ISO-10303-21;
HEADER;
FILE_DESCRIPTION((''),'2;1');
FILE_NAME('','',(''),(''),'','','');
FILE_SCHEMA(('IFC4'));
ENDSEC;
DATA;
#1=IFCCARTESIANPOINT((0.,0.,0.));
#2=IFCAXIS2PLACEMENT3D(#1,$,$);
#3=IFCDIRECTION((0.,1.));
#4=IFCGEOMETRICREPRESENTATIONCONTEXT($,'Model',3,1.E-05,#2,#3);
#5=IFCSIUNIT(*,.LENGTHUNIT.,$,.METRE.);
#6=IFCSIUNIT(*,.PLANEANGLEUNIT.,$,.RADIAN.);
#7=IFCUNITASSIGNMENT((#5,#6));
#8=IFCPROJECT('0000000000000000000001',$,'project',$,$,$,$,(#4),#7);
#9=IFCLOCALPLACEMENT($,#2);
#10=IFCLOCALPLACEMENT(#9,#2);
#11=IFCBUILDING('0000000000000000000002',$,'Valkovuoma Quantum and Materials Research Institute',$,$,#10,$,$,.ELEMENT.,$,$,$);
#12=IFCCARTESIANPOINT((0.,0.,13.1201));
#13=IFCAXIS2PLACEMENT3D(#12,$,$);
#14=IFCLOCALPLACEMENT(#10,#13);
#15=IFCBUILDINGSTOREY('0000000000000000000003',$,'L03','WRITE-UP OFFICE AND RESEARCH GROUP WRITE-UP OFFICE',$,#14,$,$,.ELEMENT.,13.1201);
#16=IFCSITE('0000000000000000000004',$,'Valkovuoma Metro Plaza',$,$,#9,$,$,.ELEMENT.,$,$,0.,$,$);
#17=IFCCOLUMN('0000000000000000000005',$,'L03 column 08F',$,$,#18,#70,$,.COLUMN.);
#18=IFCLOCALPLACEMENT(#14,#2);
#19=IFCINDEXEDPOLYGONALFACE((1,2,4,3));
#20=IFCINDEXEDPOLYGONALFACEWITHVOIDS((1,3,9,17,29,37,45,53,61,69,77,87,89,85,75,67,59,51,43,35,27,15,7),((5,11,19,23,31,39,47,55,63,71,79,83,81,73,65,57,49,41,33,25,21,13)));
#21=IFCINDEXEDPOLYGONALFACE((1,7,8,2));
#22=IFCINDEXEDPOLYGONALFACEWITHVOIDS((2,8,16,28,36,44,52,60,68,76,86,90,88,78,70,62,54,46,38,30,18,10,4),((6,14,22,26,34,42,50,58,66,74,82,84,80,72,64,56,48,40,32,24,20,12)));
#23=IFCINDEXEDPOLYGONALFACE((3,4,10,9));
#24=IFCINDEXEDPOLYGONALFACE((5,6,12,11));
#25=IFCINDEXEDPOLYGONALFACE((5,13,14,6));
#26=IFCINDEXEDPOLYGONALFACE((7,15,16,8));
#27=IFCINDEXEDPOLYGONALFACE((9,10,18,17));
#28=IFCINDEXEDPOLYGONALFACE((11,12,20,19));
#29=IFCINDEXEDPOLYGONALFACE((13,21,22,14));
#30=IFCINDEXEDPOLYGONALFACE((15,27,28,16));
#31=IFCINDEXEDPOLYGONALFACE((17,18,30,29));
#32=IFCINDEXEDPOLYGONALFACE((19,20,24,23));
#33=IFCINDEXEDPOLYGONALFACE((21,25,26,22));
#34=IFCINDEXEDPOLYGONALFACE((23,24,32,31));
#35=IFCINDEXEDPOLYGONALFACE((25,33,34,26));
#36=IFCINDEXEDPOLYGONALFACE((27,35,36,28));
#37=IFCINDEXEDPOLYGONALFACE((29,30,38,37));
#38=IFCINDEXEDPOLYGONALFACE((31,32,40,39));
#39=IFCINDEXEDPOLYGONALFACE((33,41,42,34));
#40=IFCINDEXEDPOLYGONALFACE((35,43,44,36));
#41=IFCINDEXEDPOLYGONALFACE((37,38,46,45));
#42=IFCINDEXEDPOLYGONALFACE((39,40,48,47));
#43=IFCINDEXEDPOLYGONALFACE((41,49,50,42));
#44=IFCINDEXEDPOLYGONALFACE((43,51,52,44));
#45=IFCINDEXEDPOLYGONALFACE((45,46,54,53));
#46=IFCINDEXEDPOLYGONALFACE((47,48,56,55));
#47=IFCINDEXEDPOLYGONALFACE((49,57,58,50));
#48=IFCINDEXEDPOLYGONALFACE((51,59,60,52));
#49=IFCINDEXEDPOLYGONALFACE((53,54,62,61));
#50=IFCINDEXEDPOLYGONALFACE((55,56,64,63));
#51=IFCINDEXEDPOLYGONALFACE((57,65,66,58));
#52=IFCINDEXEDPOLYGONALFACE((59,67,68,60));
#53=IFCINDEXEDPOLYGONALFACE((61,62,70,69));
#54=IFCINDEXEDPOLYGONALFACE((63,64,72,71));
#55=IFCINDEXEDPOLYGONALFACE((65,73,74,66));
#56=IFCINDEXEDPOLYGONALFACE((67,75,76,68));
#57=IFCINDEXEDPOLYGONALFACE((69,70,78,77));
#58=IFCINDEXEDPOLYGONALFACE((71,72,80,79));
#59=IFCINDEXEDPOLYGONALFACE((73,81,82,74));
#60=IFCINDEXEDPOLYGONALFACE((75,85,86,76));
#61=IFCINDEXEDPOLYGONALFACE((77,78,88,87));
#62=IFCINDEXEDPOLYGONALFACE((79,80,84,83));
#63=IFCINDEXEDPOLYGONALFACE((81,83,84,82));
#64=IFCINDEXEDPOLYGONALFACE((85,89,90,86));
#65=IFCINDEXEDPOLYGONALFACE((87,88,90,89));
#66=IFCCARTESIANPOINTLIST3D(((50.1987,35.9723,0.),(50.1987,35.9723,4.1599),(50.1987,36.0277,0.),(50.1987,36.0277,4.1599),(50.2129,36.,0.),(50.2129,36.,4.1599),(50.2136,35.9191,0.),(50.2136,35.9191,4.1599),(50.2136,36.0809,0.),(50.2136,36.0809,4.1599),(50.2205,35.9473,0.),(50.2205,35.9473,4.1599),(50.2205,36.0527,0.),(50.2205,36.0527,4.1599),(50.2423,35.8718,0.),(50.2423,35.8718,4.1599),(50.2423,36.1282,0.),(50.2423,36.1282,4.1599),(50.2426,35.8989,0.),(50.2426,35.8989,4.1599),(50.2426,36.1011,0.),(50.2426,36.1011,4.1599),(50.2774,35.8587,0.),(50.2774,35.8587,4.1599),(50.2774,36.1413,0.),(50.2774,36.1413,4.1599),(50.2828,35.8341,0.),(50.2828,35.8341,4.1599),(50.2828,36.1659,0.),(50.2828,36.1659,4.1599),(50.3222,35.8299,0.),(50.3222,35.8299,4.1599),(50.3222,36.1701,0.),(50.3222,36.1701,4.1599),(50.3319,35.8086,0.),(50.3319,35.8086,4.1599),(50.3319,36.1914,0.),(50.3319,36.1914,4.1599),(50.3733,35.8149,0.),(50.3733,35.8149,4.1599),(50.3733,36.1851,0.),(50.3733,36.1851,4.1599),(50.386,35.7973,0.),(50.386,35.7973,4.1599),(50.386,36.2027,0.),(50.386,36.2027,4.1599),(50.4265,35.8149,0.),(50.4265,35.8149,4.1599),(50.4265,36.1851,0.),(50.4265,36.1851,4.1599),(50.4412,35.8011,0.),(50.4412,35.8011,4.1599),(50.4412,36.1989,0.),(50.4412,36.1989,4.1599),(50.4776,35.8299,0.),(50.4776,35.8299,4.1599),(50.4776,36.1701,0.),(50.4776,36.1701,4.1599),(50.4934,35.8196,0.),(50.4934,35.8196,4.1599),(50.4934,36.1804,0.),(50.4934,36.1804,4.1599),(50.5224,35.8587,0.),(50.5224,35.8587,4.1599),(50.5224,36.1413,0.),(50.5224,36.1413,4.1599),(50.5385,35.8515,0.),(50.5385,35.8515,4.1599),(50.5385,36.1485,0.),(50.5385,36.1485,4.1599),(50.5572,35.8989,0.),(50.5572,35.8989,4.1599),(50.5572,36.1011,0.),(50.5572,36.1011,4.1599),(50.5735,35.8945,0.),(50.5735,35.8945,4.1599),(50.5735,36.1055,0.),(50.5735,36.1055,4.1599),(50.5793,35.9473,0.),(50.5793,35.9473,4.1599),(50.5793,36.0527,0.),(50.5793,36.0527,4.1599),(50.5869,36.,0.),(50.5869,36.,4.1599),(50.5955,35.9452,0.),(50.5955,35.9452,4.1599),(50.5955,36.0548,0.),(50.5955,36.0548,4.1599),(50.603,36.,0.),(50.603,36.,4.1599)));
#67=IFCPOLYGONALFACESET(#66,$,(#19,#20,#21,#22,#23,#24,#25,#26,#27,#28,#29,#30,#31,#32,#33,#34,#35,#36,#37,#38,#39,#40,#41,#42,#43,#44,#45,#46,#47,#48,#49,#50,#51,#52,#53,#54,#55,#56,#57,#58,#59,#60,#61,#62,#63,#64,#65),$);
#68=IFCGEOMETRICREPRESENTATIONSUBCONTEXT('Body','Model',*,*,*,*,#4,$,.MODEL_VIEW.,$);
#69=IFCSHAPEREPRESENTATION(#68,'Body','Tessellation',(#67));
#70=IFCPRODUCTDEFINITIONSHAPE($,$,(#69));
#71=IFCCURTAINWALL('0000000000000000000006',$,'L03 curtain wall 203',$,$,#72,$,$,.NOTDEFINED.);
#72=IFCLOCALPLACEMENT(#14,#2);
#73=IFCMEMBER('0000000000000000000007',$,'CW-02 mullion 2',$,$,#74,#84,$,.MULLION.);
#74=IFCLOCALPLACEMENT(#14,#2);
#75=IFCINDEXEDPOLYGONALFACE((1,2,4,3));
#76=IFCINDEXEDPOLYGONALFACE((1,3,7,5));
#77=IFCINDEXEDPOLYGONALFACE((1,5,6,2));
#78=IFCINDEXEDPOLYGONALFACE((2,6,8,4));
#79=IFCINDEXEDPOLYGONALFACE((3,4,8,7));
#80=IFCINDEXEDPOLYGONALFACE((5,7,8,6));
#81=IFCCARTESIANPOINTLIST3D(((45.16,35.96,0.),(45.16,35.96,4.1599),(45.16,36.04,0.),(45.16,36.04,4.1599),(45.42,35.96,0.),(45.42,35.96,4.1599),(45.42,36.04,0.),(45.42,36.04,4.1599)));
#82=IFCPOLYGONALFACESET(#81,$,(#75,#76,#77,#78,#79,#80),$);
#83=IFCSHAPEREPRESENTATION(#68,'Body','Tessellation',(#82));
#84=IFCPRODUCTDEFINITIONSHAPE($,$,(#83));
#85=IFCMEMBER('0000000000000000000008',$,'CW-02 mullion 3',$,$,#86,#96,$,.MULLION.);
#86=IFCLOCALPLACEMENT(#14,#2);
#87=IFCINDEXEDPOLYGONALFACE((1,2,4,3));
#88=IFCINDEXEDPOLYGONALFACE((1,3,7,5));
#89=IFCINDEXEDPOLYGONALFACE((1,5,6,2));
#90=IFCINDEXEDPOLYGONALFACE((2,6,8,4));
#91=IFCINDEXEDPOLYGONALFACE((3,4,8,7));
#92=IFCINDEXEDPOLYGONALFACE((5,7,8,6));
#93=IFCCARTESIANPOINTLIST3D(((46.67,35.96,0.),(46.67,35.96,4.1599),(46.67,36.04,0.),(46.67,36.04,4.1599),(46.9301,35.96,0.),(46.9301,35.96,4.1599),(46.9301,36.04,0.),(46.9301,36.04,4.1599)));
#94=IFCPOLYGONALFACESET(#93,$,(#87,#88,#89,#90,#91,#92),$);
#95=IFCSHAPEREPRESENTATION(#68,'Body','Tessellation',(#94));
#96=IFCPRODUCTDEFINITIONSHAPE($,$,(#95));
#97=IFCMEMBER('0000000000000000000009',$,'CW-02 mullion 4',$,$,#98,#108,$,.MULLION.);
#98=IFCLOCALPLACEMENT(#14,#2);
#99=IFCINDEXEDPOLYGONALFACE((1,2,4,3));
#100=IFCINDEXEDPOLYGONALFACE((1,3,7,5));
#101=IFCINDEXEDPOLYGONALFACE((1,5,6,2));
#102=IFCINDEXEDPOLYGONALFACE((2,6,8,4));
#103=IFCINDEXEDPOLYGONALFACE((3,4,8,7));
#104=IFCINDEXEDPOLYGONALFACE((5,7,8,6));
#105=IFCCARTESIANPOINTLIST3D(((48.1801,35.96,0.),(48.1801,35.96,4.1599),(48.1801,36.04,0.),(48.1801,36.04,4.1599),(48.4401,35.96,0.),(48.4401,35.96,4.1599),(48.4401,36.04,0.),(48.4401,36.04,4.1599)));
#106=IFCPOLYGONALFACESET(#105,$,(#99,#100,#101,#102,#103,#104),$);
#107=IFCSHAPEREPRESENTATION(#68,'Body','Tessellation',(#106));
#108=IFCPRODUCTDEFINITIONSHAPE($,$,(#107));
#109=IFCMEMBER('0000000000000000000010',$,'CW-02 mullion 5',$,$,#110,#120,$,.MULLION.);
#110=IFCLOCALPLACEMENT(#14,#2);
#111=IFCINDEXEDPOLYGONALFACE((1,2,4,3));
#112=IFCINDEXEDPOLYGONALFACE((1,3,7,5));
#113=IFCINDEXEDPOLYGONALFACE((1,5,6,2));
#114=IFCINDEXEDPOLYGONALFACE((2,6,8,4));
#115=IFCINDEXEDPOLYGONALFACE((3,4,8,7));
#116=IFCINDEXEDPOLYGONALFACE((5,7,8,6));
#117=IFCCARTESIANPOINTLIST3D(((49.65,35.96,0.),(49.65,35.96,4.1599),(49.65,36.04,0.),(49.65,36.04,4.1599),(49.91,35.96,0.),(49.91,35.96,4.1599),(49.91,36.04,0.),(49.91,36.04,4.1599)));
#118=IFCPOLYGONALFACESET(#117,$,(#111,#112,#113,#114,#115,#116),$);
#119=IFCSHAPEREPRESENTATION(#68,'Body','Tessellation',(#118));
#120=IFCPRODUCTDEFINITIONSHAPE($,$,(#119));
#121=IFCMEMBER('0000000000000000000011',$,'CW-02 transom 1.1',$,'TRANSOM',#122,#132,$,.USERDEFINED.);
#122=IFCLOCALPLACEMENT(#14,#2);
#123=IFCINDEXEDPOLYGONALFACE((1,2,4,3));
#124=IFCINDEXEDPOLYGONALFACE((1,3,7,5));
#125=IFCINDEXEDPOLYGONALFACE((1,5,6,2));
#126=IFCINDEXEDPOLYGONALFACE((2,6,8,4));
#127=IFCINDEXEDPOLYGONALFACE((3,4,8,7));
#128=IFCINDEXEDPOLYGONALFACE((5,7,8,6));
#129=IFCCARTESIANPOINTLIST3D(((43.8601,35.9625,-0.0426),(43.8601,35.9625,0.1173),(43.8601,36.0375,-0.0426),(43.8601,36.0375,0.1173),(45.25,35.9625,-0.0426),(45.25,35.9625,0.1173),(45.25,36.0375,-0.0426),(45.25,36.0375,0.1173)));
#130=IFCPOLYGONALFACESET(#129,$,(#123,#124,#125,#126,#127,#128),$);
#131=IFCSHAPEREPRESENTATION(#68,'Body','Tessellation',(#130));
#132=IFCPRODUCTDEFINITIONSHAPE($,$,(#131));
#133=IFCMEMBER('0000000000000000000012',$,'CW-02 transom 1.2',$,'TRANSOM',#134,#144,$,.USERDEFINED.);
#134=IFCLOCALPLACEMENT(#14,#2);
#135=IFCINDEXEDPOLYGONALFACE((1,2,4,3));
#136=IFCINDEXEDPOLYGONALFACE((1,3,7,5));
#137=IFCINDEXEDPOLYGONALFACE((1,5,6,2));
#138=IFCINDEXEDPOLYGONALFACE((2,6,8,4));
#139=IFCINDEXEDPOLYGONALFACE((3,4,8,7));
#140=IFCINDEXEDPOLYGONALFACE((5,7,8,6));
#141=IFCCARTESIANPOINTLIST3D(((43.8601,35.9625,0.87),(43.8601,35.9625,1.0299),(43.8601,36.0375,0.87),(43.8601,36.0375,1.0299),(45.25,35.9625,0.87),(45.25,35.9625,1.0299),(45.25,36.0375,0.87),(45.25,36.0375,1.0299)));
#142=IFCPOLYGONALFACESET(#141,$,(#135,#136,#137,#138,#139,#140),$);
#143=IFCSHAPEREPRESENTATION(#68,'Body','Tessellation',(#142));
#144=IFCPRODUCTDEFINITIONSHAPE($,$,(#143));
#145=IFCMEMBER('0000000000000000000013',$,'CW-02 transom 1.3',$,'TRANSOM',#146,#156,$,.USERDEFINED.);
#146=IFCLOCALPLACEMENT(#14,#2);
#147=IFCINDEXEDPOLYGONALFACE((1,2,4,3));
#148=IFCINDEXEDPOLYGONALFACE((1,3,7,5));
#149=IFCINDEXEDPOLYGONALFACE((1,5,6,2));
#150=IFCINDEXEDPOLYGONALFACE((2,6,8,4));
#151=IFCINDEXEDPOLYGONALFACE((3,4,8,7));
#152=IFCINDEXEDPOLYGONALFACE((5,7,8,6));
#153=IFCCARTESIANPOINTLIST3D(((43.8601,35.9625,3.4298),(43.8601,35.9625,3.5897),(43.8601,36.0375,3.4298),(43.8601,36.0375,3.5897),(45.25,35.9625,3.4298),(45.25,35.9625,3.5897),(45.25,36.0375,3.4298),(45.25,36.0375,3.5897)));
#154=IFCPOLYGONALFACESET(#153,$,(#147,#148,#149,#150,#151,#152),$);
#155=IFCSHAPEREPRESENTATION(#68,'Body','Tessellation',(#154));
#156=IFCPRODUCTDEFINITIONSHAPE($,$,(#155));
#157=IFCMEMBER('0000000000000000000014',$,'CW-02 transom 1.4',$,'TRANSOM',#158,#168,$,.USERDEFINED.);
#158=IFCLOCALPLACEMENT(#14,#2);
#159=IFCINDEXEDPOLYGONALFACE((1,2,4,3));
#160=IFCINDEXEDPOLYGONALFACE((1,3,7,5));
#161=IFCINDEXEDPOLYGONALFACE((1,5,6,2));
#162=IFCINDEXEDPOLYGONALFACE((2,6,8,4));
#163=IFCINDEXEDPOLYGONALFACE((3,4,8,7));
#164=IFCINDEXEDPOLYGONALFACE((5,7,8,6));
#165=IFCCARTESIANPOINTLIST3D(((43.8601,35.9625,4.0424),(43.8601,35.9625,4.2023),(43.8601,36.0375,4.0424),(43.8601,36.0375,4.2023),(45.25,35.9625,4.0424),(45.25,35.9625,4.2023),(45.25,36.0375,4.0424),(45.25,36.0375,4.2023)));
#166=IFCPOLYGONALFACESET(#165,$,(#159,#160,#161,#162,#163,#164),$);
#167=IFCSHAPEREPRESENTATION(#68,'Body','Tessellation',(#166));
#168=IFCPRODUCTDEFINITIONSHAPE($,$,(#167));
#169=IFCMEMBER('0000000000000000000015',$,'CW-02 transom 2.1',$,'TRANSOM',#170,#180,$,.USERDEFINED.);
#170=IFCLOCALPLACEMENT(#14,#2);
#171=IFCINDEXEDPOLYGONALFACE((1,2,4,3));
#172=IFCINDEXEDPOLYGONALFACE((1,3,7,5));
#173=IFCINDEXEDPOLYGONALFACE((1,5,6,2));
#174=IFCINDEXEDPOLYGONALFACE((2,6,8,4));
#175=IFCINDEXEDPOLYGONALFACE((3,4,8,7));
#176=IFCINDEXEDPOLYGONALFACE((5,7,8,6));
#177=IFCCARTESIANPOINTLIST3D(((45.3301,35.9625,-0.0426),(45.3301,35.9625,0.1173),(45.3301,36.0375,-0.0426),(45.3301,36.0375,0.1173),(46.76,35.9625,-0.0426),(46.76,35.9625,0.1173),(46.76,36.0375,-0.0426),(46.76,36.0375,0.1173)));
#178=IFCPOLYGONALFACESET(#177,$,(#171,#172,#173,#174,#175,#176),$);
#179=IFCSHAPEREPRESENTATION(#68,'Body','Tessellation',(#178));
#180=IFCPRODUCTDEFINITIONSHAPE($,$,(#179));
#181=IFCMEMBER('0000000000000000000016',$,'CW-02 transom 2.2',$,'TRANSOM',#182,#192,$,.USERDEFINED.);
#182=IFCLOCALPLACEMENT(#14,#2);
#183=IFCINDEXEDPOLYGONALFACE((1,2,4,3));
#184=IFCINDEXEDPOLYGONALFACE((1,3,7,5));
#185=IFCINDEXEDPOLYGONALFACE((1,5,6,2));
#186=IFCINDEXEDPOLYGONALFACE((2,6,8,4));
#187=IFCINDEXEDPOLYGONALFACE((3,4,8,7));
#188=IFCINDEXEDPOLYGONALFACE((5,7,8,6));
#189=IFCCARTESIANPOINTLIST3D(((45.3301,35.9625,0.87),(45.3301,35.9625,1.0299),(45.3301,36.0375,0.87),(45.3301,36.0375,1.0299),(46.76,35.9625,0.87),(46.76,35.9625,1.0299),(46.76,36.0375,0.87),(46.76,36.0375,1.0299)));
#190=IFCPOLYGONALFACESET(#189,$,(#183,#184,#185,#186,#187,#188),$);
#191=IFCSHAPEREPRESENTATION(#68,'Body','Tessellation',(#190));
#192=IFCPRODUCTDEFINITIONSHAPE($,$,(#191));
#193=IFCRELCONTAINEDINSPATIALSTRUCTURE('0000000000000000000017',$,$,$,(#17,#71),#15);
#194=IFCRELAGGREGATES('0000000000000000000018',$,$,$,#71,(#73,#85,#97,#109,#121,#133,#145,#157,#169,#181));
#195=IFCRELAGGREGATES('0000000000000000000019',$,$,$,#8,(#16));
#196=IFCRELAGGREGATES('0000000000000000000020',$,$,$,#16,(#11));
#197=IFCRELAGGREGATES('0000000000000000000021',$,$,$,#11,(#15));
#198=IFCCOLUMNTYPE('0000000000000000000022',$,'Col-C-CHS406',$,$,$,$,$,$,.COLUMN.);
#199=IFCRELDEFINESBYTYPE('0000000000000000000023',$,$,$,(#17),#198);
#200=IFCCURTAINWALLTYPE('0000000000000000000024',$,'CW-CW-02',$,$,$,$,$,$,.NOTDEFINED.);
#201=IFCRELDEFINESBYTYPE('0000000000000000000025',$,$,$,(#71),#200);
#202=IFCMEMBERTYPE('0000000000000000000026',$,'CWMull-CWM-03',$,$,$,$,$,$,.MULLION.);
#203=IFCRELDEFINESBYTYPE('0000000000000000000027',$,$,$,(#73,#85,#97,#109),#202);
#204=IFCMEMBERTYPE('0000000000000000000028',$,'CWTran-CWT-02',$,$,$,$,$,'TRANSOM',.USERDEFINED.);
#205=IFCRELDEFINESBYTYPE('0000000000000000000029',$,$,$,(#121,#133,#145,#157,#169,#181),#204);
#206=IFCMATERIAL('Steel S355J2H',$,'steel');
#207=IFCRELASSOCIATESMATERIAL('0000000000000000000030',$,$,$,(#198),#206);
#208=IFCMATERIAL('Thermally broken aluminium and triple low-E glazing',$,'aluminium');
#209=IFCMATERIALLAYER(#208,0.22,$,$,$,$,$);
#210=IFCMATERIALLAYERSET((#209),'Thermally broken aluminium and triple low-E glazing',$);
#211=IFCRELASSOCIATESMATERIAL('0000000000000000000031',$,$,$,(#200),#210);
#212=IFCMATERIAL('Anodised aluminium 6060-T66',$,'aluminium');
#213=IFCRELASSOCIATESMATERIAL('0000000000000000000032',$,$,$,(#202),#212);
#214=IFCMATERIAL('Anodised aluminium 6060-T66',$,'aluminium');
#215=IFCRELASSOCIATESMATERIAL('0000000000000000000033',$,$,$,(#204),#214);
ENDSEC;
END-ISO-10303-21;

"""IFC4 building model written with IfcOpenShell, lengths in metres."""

from ifc_helpers import new_model, si_unit, direction, frame, origin, origin_2d, place, context, subcontext, project, spatial, rectangle, hollow_circle, extrude, material, layer, layer_set, material_profile, profile_set, type_object, element, aggregate, save


model = new_model("IFC4")

# Units and contexts
model_context = context("Model", 3, precision=1e-05, world=origin(), true_north=direction((0.0, 1.0)))
body_context = subcontext(model_context, "Body", "Model", "MODEL_VIEW")
ifc_project = project(units=[si_unit("LENGTHUNIT", "METRE"), si_unit("PLANEANGLEUNIT", "RADIAN")], contexts=[model_context])

# Site, building, storey
site_placement = place(None, origin())
site = spatial("IfcSite", under=ifc_project, at=site_placement, Name="Valkovuoma Metro Plaza", CompositionType="ELEMENT", RefElevation=0.0)
building_placement = place(site_placement, origin())
building = spatial("IfcBuilding", under=site, at=building_placement, Name="Valkovuoma Quantum and Materials Research Institute", CompositionType="ELEMENT")
storey_placement = place(building_placement, frame((0.0, 0.0, 13.1201)))
storey = spatial("IfcBuildingStorey", under=building, at=storey_placement, Name="L03", Description="WRITE-UP OFFICE AND RESEARCH GROUP WRITE-UP OFFICE", CompositionType="ELEMENT", Elevation=13.1201)

# Column
ifc_material_1 = material(Name="Steel S355J2H", Category="steel")
ifc_material_profile_1 = material_profile(ifc_material_1, hollow_circle(Radius=0.2031, WallThickness=0.0161, at=origin_2d()), Name="Steel S355J2H")
ifc_profile_set_1 = profile_set([ifc_material_profile_1], Name="Steel S355J2H")
column_type = type_object("IfcColumnType", Name="Col-C-CHS406", PredefinedType="COLUMN", material=ifc_profile_set_1)
column_placement = place(storey_placement, frame((50.3999, 36.0, 0.0), z_axis=(0.0, 0.0, 1.0), x_axis=(1.0, 0.0, 0.0)))
element("IfcColumn", 1, at=column_placement, inside=storey, type_object=column_type, Name="L03 column 08F", PredefinedType="COLUMN", context=body_context, shape_type="SweptSolid", body=[
    extrude(hollow_circle(Radius=0.2031, WallThickness=0.0161, at=origin_2d()), origin(), (0.0, 0.0, 1.0), 4.1599),
])

# Curtain wall, members
ifc_material_2 = material(Name="Thermally broken aluminium and triple low-E glazing", Category="aluminium")
ifc_layer_1 = layer(ifc_material_2, 0.22)
ifc_layer_set_1 = layer_set([ifc_layer_1], Name="Thermally broken aluminium and triple low-E glazing")
curtain_wall_type = type_object("IfcCurtainWallType", Name="CW-CW-02", PredefinedType="NOTDEFINED", material=ifc_layer_set_1)
curtain_wall_placement = place(storey_placement, origin())
curtain_wall = element("IfcCurtainWall", 2, at=curtain_wall_placement, inside=storey, type_object=curtain_wall_type, Name="L03 curtain wall 203", PredefinedType="NOTDEFINED")
ifc_material_3 = material(Name="Anodised aluminium 6060-T66", Category="aluminium")
ifc_material_profile_2 = material_profile(ifc_material_3, rectangle(XDim=0.0801, YDim=0.26, at=origin_2d()), Name="Anodised aluminium 6060-T66")
ifc_profile_set_2 = profile_set([ifc_material_profile_2], Name="Anodised aluminium 6060-T66")
member_type_1 = type_object("IfcMemberType", Name="CWMull-CWM-03", PredefinedType="MULLION", material=ifc_profile_set_2)
member_1_placement = place(storey_placement, frame((45.29, 36.0, 0.0), z_axis=(0.0, 0.0, 1.0), x_axis=(0.0, 1.0, 0.0)))
member_1 = element("IfcMember", 3, at=member_1_placement, type_object=member_type_1, Name="CW-02 mullion 2", PredefinedType="MULLION", context=body_context, shape_type="SweptSolid", body=[
    extrude(rectangle(XDim=0.0801, YDim=0.26, at=origin_2d()), origin(), (0.0, 0.0, 1.0), 4.1599),
])
member_2_placement = place(storey_placement, frame((46.8, 36.0, 0.0), z_axis=(0.0, 0.0, 1.0), x_axis=(0.0, 1.0, 0.0)))
member_2 = element("IfcMember", 4, at=member_2_placement, type_object=member_type_1, Name="CW-02 mullion 3", PredefinedType="MULLION", context=body_context, shape_type="SweptSolid", body=[
    extrude(rectangle(XDim=0.0801, YDim=0.26, at=origin_2d()), origin(), (0.0, 0.0, 1.0), 4.1599),
])
member_3_placement = place(storey_placement, frame((48.3101, 36.0, 0.0), z_axis=(0.0, 0.0, 1.0), x_axis=(0.0, 1.0, 0.0)))
member_3 = element("IfcMember", 5, at=member_3_placement, type_object=member_type_1, Name="CW-02 mullion 4", PredefinedType="MULLION", context=body_context, shape_type="SweptSolid", body=[
    extrude(rectangle(XDim=0.0801, YDim=0.26, at=origin_2d()), origin(), (0.0, 0.0, 1.0), 4.1599),
])
member_4_placement = place(storey_placement, frame((49.78, 36.0, 0.0), z_axis=(0.0, 0.0, 1.0), x_axis=(0.0, 1.0, 0.0)))
member_4 = element("IfcMember", 6, at=member_4_placement, type_object=member_type_1, Name="CW-02 mullion 5", PredefinedType="MULLION", context=body_context, shape_type="SweptSolid", body=[
    extrude(rectangle(XDim=0.0801, YDim=0.26, at=origin_2d()), origin(), (0.0, 0.0, 1.0), 4.1599),
])
ifc_material_4 = material(Name="Anodised aluminium 6060-T66", Category="aluminium")
ifc_material_profile_3 = material_profile(ifc_material_4, rectangle(XDim=0.075, YDim=0.1599, at=origin_2d()), Name="Anodised aluminium 6060-T66")
ifc_profile_set_3 = profile_set([ifc_material_profile_3], Name="Anodised aluminium 6060-T66")
member_type_2 = type_object("IfcMemberType", Name="CWTran-CWT-02", ElementType="TRANSOM", PredefinedType="USERDEFINED", material=ifc_profile_set_3)
member_5_placement = place(storey_placement, frame((43.8601, 36.0, 0.0374), z_axis=(1.0, 0.0, 0.0), x_axis=(0.0, 1.0, 0.0)))
member_5 = element("IfcMember", 7, at=member_5_placement, type_object=member_type_2, Name="CW-02 transom 1.1", ObjectType="TRANSOM", PredefinedType="USERDEFINED", context=body_context, shape_type="SweptSolid", body=[
    extrude(rectangle(XDim=0.075, YDim=0.1599, at=origin_2d()), origin(), (0.0, 0.0, 1.0), 1.3899),
])
member_6_placement = place(storey_placement, frame((43.8601, 36.0, 0.95), z_axis=(1.0, 0.0, 0.0), x_axis=(0.0, 1.0, 0.0)))
member_6 = element("IfcMember", 8, at=member_6_placement, type_object=member_type_2, Name="CW-02 transom 1.2", ObjectType="TRANSOM", PredefinedType="USERDEFINED", context=body_context, shape_type="SweptSolid", body=[
    extrude(rectangle(XDim=0.075, YDim=0.1599, at=origin_2d()), origin(), (0.0, 0.0, 1.0), 1.3899),
])
member_7_placement = place(storey_placement, frame((43.8601, 36.0, 3.5098), z_axis=(1.0, 0.0, 0.0), x_axis=(0.0, 1.0, 0.0)))
member_7 = element("IfcMember", 9, at=member_7_placement, type_object=member_type_2, Name="CW-02 transom 1.3", ObjectType="TRANSOM", PredefinedType="USERDEFINED", context=body_context, shape_type="SweptSolid", body=[
    extrude(rectangle(XDim=0.075, YDim=0.1599, at=origin_2d()), origin(), (0.0, 0.0, 1.0), 1.3899),
])
member_8_placement = place(storey_placement, frame((43.8601, 36.0, 4.1223), z_axis=(1.0, 0.0, 0.0), x_axis=(0.0, 1.0, 0.0)))
member_8 = element("IfcMember", 10, at=member_8_placement, type_object=member_type_2, Name="CW-02 transom 1.4", ObjectType="TRANSOM", PredefinedType="USERDEFINED", context=body_context, shape_type="SweptSolid", body=[
    extrude(rectangle(XDim=0.075, YDim=0.1599, at=origin_2d()), origin(), (0.0, 0.0, 1.0), 1.3899),
])
member_9_placement = place(storey_placement, frame((45.3301, 36.0, 0.0374), z_axis=(1.0, 0.0, 0.0), x_axis=(0.0, 1.0, 0.0)))
member_9 = element("IfcMember", 11, at=member_9_placement, type_object=member_type_2, Name="CW-02 transom 2.1", ObjectType="TRANSOM", PredefinedType="USERDEFINED", context=body_context, shape_type="SweptSolid", body=[
    extrude(rectangle(XDim=0.075, YDim=0.1599, at=origin_2d()), origin(), (0.0, 0.0, 1.0), 1.4299),
])
member_10_placement = place(storey_placement, frame((45.3301, 36.0, 0.95), z_axis=(1.0, 0.0, 0.0), x_axis=(0.0, 1.0, 0.0)))
member_10 = element("IfcMember", 12, at=member_10_placement, type_object=member_type_2, Name="CW-02 transom 2.2", ObjectType="TRANSOM", PredefinedType="USERDEFINED", context=body_context, shape_type="SweptSolid", body=[
    extrude(rectangle(XDim=0.075, YDim=0.1599, at=origin_2d()), origin(), (0.0, 0.0, 1.0), 1.4299),
])
aggregate(curtain_wall, [member_1, member_2, member_3, member_4, member_5, member_6, member_7, member_8, member_9, member_10])

save(model, "model.ifc")
